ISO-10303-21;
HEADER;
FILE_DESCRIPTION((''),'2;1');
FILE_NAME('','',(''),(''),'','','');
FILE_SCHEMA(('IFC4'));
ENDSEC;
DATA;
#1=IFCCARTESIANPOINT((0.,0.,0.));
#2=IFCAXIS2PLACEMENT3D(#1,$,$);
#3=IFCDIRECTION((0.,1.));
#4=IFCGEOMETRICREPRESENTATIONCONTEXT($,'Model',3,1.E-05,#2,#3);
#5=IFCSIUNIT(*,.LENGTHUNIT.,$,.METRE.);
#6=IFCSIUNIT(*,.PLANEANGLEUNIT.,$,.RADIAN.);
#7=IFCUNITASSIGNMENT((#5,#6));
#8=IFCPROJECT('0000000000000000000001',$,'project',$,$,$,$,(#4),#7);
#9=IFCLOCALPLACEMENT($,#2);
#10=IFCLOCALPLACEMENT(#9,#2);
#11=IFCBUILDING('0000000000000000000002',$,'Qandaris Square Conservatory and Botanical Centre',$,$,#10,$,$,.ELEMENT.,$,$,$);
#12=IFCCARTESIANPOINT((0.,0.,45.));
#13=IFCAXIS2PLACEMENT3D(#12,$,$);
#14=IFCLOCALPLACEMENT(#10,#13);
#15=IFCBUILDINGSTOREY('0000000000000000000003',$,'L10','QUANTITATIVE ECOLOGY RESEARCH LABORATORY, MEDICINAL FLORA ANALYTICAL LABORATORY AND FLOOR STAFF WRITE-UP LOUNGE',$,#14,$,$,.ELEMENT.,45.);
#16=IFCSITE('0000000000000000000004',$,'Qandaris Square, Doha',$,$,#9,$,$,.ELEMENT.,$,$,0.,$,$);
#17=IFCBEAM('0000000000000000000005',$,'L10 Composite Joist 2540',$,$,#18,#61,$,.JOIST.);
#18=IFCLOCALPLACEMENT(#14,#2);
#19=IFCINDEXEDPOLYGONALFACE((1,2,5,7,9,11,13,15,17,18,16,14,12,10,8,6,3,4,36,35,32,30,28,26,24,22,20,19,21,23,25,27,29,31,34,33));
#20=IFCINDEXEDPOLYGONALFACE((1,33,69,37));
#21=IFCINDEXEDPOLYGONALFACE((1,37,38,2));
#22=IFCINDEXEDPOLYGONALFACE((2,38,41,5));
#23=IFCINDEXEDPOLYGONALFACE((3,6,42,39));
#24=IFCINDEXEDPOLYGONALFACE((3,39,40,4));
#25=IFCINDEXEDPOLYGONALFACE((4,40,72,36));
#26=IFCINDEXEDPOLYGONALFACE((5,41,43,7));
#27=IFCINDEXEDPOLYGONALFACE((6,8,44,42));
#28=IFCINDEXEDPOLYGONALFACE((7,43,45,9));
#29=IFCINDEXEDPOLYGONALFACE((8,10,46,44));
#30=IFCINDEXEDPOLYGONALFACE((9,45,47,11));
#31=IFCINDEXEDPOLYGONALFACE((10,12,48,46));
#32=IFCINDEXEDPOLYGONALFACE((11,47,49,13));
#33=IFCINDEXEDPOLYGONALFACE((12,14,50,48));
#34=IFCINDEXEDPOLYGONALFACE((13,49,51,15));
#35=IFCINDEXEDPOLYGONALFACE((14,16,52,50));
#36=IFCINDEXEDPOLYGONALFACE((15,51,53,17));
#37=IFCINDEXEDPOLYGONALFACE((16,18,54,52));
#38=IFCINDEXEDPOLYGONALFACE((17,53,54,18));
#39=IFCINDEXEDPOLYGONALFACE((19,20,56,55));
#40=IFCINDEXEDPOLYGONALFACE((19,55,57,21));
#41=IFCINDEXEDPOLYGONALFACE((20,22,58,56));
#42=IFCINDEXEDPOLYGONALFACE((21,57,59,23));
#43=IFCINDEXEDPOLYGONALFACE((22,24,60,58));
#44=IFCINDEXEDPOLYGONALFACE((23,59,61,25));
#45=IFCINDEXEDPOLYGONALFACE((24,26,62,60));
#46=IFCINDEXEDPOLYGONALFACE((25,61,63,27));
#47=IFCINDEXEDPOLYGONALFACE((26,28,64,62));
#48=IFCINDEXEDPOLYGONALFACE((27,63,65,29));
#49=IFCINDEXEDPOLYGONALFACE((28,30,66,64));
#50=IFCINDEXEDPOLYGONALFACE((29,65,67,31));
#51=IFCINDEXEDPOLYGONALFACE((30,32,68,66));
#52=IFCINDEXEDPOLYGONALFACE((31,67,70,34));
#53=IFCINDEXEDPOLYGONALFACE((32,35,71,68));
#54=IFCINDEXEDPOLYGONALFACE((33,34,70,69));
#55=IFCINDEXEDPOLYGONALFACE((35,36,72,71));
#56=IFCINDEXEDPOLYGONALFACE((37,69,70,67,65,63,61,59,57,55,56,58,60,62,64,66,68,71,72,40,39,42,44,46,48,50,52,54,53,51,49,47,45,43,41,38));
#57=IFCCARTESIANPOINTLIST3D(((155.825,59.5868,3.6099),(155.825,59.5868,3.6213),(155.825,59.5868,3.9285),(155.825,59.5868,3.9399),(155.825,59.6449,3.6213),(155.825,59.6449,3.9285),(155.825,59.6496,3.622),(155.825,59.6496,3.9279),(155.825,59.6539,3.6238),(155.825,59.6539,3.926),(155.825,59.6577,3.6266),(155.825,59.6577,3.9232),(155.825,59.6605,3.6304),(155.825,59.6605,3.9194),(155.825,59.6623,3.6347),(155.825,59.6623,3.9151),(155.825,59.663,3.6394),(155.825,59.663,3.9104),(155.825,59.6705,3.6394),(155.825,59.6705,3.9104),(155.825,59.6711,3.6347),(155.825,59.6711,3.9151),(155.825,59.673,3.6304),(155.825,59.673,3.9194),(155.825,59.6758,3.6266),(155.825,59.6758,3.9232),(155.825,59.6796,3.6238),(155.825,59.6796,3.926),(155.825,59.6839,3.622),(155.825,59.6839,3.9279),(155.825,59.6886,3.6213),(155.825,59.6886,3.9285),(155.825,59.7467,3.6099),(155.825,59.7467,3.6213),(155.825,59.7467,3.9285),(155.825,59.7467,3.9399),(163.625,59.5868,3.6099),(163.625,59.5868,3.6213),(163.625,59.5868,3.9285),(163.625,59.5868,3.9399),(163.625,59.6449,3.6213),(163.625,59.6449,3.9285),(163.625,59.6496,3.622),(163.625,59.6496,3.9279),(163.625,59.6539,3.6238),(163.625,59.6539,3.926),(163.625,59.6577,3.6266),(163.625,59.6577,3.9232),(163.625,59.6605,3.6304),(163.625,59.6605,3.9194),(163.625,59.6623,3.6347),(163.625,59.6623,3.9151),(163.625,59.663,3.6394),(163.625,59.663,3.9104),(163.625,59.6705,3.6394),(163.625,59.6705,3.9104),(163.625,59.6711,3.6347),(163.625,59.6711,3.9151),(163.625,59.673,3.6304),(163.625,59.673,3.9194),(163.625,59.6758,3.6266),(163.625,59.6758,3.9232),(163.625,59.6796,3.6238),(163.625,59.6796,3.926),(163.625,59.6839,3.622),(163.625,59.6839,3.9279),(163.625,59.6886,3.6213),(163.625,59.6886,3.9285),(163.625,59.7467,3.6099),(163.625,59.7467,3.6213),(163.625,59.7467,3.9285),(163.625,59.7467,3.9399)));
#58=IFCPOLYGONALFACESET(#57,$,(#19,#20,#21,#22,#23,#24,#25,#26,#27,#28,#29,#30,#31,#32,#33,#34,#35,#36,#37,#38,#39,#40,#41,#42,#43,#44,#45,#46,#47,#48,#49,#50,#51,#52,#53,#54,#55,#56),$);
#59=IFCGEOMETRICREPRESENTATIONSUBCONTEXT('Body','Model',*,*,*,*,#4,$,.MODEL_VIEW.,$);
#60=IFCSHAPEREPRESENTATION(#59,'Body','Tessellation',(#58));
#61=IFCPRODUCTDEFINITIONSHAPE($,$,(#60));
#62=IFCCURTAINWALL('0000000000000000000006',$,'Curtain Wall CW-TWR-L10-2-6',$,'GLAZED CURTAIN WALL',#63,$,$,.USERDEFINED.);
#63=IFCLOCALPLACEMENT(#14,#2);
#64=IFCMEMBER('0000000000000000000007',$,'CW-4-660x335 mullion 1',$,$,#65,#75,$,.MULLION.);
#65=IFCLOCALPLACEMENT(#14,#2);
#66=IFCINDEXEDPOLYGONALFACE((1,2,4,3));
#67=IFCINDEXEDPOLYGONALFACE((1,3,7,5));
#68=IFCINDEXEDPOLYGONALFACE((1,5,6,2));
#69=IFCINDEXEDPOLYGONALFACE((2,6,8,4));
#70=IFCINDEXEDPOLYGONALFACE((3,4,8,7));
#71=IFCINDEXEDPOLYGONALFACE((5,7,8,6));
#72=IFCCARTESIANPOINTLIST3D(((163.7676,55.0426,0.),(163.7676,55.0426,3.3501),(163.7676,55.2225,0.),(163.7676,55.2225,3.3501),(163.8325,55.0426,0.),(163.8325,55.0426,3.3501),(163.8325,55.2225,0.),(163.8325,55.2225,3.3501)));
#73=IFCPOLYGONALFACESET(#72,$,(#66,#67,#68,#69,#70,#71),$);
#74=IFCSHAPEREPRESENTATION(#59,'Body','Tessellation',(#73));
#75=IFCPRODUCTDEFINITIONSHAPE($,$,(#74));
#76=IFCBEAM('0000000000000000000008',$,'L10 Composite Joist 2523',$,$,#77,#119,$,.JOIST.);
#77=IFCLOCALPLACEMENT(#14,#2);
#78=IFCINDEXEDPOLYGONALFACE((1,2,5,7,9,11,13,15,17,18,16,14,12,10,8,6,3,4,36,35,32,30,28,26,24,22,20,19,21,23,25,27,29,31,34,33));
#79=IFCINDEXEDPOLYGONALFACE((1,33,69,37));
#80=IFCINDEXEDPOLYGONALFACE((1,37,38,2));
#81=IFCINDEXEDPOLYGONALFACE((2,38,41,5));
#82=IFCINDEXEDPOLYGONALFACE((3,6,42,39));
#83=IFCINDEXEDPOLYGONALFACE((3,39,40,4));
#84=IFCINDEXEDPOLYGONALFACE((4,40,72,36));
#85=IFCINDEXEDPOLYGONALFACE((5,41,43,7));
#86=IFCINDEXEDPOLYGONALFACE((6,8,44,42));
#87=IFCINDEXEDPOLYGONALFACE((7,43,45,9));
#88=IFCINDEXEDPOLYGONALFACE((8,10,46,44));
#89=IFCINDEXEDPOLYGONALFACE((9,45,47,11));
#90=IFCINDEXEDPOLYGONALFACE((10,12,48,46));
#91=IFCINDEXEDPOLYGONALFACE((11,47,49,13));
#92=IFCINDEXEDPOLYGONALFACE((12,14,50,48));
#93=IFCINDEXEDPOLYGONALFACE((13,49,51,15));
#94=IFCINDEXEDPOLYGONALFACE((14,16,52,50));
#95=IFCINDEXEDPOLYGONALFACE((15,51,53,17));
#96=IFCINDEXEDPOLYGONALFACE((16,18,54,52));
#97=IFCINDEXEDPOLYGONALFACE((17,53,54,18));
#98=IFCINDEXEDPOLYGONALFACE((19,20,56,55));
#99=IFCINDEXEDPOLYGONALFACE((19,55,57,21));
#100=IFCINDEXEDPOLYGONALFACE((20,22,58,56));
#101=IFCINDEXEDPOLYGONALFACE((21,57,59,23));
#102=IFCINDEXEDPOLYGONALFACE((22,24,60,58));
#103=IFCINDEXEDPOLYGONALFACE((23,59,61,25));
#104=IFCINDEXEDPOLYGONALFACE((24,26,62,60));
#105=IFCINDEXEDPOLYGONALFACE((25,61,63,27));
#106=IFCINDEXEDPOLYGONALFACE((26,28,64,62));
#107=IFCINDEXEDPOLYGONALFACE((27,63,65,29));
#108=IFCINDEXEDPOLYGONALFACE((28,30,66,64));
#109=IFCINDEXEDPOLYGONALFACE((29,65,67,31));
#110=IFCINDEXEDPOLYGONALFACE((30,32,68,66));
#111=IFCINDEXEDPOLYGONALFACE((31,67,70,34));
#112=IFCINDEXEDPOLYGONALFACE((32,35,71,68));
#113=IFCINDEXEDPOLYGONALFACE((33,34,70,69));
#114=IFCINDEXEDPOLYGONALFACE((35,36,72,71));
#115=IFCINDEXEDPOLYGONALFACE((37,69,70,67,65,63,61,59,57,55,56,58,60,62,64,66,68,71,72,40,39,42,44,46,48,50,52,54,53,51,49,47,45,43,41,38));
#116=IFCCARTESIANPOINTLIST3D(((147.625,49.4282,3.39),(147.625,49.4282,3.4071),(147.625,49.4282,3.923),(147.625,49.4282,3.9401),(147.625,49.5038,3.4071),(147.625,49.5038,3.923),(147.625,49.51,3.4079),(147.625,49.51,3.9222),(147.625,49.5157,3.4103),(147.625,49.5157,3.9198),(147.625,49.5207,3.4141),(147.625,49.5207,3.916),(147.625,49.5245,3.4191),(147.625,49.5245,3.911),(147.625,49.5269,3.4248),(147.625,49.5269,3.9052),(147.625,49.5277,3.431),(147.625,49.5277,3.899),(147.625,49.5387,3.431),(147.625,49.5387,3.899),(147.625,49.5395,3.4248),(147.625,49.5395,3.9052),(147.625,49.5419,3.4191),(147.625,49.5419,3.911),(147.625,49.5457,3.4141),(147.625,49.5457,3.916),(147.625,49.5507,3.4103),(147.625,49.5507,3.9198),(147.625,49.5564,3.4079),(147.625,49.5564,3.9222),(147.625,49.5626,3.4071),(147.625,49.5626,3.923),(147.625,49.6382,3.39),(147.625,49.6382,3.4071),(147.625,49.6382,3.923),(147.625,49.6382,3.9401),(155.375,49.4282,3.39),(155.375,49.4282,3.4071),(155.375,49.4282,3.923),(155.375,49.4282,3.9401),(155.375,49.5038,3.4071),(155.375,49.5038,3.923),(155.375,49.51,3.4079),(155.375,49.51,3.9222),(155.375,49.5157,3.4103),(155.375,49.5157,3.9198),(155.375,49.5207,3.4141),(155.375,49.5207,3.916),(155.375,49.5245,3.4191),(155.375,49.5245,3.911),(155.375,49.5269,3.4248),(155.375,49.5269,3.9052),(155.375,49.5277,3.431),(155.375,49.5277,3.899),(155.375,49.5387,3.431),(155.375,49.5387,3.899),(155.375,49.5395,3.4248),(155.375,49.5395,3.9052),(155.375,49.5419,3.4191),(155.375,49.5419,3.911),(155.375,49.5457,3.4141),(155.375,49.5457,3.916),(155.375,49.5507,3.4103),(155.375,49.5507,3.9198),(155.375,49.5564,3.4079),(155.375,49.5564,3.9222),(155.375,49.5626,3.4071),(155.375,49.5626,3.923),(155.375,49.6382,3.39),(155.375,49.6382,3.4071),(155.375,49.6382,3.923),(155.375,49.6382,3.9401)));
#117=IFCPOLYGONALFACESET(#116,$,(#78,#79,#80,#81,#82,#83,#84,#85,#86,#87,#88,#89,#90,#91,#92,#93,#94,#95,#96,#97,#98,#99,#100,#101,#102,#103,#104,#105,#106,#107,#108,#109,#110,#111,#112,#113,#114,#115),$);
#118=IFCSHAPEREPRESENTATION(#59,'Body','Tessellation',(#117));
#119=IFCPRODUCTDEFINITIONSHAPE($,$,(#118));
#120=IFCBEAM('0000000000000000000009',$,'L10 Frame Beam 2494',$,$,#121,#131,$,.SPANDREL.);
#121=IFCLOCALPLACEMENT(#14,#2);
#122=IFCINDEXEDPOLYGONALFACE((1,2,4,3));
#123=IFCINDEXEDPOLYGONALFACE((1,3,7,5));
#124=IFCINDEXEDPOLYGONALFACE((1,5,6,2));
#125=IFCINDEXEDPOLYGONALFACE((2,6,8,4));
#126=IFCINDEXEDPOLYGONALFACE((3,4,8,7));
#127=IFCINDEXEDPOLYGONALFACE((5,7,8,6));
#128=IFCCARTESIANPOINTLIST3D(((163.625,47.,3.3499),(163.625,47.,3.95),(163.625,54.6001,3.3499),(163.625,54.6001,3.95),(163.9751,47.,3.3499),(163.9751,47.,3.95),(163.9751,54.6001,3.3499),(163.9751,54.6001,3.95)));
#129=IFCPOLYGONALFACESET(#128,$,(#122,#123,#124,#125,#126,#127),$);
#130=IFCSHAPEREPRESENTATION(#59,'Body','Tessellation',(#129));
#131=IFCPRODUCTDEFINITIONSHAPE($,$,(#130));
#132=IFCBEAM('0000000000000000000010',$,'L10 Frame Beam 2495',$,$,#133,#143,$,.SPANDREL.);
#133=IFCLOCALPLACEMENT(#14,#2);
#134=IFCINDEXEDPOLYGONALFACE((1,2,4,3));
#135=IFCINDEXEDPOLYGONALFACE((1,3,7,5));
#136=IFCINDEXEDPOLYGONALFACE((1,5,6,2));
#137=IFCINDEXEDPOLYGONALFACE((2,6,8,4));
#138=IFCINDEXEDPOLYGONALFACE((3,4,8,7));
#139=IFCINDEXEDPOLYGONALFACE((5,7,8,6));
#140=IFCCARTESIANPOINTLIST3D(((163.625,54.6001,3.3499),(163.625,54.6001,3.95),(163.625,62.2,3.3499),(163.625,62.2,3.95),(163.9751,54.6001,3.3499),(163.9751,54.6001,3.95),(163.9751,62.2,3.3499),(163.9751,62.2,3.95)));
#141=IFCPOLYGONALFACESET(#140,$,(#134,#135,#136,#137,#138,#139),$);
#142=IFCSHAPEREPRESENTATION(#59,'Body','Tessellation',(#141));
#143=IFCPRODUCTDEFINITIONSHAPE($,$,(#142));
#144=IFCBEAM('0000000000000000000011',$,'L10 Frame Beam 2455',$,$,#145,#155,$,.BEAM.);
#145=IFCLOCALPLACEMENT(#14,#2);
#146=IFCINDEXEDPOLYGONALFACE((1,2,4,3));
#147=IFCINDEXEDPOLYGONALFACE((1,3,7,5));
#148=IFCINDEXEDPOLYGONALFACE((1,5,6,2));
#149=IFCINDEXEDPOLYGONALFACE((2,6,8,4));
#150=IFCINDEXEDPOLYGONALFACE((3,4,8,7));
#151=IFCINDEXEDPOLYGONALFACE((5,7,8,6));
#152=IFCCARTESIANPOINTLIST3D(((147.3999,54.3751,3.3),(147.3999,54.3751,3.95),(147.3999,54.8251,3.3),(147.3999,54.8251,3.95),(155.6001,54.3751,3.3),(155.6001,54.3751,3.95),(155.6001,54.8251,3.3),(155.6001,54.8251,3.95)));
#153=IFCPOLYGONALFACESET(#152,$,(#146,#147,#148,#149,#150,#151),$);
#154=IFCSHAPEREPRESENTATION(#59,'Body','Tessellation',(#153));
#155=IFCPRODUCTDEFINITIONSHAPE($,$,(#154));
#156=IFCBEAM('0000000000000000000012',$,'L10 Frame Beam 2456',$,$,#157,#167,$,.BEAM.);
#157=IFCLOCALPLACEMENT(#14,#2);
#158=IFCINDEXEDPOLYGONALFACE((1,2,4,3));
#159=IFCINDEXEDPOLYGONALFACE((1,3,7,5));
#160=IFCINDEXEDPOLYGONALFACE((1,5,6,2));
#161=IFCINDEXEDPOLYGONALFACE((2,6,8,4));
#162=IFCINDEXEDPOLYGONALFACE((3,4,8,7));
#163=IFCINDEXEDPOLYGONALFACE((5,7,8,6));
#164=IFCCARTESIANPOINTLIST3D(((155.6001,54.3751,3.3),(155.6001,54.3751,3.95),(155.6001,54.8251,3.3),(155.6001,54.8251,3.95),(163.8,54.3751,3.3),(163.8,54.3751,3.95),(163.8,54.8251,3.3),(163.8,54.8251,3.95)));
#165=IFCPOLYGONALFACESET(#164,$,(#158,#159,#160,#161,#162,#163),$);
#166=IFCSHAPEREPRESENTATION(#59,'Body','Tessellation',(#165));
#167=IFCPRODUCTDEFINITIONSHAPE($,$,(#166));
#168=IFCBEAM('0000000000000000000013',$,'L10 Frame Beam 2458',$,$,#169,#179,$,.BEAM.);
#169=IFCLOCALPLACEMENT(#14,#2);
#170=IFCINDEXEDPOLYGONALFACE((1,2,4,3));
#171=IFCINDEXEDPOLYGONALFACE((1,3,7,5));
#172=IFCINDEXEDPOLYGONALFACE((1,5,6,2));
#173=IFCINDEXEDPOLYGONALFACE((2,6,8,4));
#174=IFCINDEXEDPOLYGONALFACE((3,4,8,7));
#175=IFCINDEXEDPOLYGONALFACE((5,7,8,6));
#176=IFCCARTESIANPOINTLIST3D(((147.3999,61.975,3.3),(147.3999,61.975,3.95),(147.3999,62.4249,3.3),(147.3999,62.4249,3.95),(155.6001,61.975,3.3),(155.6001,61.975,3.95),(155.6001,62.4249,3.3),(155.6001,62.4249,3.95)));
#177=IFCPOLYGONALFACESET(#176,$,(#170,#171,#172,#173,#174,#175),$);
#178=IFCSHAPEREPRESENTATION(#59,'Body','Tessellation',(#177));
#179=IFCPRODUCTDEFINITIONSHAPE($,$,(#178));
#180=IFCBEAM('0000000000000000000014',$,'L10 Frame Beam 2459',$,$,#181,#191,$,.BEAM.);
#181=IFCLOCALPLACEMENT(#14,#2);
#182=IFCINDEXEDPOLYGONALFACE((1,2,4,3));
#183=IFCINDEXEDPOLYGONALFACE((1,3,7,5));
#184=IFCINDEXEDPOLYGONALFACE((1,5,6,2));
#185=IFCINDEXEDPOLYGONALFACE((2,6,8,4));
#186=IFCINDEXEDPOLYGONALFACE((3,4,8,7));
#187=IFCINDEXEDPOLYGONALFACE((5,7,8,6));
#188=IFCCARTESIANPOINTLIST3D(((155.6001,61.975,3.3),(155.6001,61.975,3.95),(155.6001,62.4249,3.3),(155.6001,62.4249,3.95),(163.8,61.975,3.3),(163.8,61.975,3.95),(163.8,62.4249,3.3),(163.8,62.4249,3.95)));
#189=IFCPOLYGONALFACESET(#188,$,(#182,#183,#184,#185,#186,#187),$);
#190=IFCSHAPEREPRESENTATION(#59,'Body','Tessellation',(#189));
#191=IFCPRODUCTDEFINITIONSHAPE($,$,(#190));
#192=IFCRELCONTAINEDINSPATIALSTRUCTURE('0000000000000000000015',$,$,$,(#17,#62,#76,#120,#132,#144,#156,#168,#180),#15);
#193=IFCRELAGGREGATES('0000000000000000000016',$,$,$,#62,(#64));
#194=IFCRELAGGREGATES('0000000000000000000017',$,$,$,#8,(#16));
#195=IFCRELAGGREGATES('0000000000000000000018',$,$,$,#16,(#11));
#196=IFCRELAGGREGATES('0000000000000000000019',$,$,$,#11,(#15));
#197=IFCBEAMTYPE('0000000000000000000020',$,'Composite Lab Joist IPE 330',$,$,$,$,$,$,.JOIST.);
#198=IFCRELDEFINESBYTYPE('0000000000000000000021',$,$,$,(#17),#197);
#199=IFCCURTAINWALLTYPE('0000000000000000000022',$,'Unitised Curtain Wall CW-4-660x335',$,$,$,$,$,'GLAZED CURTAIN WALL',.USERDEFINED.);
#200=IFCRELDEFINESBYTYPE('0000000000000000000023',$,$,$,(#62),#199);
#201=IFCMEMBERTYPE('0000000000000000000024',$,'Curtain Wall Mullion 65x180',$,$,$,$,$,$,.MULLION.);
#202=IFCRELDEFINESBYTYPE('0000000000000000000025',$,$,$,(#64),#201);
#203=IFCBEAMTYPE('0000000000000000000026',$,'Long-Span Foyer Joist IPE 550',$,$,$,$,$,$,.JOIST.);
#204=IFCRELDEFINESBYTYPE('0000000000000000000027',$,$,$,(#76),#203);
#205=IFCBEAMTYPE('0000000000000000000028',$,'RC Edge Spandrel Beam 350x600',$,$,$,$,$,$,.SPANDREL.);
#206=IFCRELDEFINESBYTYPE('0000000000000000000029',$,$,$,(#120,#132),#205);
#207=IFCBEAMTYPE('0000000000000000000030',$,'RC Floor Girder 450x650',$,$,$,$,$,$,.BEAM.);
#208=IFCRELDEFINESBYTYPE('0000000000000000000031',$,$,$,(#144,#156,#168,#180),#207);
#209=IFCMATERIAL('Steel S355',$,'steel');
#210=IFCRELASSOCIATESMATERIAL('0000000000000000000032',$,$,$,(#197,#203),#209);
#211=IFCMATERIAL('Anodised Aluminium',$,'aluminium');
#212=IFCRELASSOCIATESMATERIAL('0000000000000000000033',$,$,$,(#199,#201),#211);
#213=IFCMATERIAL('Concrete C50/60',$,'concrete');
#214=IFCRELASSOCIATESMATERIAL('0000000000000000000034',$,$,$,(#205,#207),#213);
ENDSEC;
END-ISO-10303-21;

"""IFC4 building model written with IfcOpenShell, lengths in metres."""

from ifc_helpers import new_model, si_unit, direction, frame, origin, origin_2d, place, context, subcontext, project, spatial, rectangle, i_section, extrude, material, material_profile, profile_set, type_object, element, aggregate, save


model = new_model("IFC4")

# Units and contexts
model_context = context("Model", 3, precision=1e-05, world=origin(), true_north=direction((0.0, 1.0)))
body_context = subcontext(model_context, "Body", "Model", "MODEL_VIEW")
ifc_project = project(units=[si_unit("LENGTHUNIT", "METRE"), si_unit("PLANEANGLEUNIT", "RADIAN")], contexts=[model_context])

# Site, building, storey
site_placement = place(None, origin())
site = spatial("IfcSite", under=ifc_project, at=site_placement, Name="Qandaris Square, Doha", CompositionType="ELEMENT", RefElevation=0.0)
building_placement = place(site_placement, origin())
building = spatial("IfcBuilding", under=site, at=building_placement, Name="Qandaris Square Conservatory and Botanical Centre", CompositionType="ELEMENT")
storey_placement = place(building_placement, frame((0.0, 0.0, 45.0)))
storey = spatial("IfcBuildingStorey", under=building, at=storey_placement, Name="L10", Description="QUANTITATIVE ECOLOGY RESEARCH LABORATORY, MEDICINAL FLORA ANALYTICAL LABORATORY AND FLOOR STAFF WRITE-UP LOUNGE", CompositionType="ELEMENT", Elevation=45.0)

# Shared definitions
ifc_material_1 = material(Name="Concrete C50/60", Category="concrete")

# Beam
ifc_material_2 = material(Name="Steel S355", Category="steel")
ifc_material_profile_1 = material_profile(ifc_material_2, i_section(OverallWidth=0.1599, OverallDepth=0.3301, WebThickness=0.0076, FlangeThickness=0.0115, FilletRadius=0.0181, at=origin_2d()), Name="IPE 330")
ifc_profile_set_1 = profile_set([ifc_material_profile_1], Name="Steel S355")
beam_type_1 = type_object("IfcBeamType", Name="Composite Lab Joist IPE 330", PredefinedType="JOIST", material=ifc_profile_set_1)
beam_1_placement = place(storey_placement, frame((155.825, 59.6667, 3.7749), z_axis=(1.0, 0.0, 0.0), x_axis=(0.0, 1.0, 0.0)))
element("IfcBeam", 1, at=beam_1_placement, inside=storey, type_object=beam_type_1, Name="L10 Composite Joist 2540", PredefinedType="JOIST", context=body_context, shape_type="SweptSolid", body=[
    extrude(i_section(OverallWidth=0.1599, OverallDepth=0.3301, WebThickness=0.0076, FlangeThickness=0.0115, FilletRadius=0.0181, at=origin_2d()), origin(), (0.0, 0.0, 1.0), 7.8),
])

# Curtain wall, member
ifc_material_3 = material(Name="Anodised Aluminium", Category="aluminium")
curtain_wall_type = type_object("IfcCurtainWallType", Name="Unitised Curtain Wall CW-4-660x335", ElementType="GLAZED CURTAIN WALL", PredefinedType="USERDEFINED", material=ifc_material_3)
curtain_wall_placement = place(storey_placement, origin())
curtain_wall = element("IfcCurtainWall", 2, at=curtain_wall_placement, inside=storey, type_object=curtain_wall_type, Name="Curtain Wall CW-TWR-L10-2-6", ObjectType="GLAZED CURTAIN WALL", PredefinedType="USERDEFINED")
ifc_material_profile_2 = material_profile(ifc_material_3, rectangle(XDim=0.0649, YDim=0.1799, at=origin_2d()), Name="ALU-MUL 65x180")
ifc_profile_set_2 = profile_set([ifc_material_profile_2], Name="Anodised Aluminium")
member_type = type_object("IfcMemberType", Name="Curtain Wall Mullion 65x180", PredefinedType="MULLION", material=ifc_profile_set_2)
member_placement = place(storey_placement, frame((163.8, 55.1326, 0.0), z_axis=(0.0, 0.0, 1.0), x_axis=(-1.0, 0.0, 0.0)))
member = element("IfcMember", 3, at=member_placement, type_object=member_type, Name="CW-4-660x335 mullion 1", PredefinedType="MULLION", context=body_context, shape_type="SweptSolid", body=[
    extrude(rectangle(XDim=0.0649, YDim=0.1799, at=origin_2d()), origin(), (0.0, 0.0, 1.0), 3.3501),
])
aggregate(curtain_wall, [member])

# Beams
ifc_material_profile_3 = material_profile(ifc_material_2, i_section(OverallWidth=0.21, OverallDepth=0.55, WebThickness=0.011, FlangeThickness=0.0171, FilletRadius=0.0239, at=origin_2d()), Name="IPE 550")
ifc_profile_set_3 = profile_set([ifc_material_profile_3], Name="Steel S355")
beam_type_2 = type_object("IfcBeamType", Name="Long-Span Foyer Joist IPE 550", PredefinedType="JOIST", material=ifc_profile_set_3)
beam_2_placement = place(storey_placement, frame((147.625, 49.5332, 3.665), z_axis=(1.0, 0.0, 0.0), x_axis=(0.0, 1.0, 0.0)))
element("IfcBeam", 4, at=beam_2_placement, inside=storey, type_object=beam_type_2, Name="L10 Composite Joist 2523", PredefinedType="JOIST", context=body_context, shape_type="SweptSolid", body=[
    extrude(i_section(OverallWidth=0.21, OverallDepth=0.55, WebThickness=0.011, FlangeThickness=0.0171, FilletRadius=0.0239, at=origin_2d()), origin(), (0.0, 0.0, 1.0), 7.75),
])
ifc_material_profile_4 = material_profile(ifc_material_1, rectangle(XDim=0.3501, YDim=0.6001, at=origin_2d()), Name="RC-SP 350x600")
ifc_profile_set_4 = profile_set([ifc_material_profile_4], Name="Concrete C50/60")
beam_type_3 = type_object("IfcBeamType", Name="RC Edge Spandrel Beam 350x600", PredefinedType="SPANDREL", material=ifc_profile_set_4)
beam_3_placement = place(storey_placement, frame((163.8, 47.0, 3.6499), z_axis=(0.0, 1.0, 0.0), x_axis=(-1.0, 0.0, 0.0)))
element("IfcBeam", 5, at=beam_3_placement, inside=storey, type_object=beam_type_3, Name="L10 Frame Beam 2494", PredefinedType="SPANDREL", context=body_context, shape_type="SweptSolid", body=[
    extrude(rectangle(XDim=0.3501, YDim=0.6001, at=origin_2d()), origin(), (0.0, 0.0, 1.0), 7.6001),
])
beam_4_placement = place(storey_placement, frame((163.8, 54.6001, 3.6499), z_axis=(0.0, 1.0, 0.0), x_axis=(-1.0, 0.0, 0.0)))
element("IfcBeam", 6, at=beam_4_placement, inside=storey, type_object=beam_type_3, Name="L10 Frame Beam 2495", PredefinedType="SPANDREL", context=body_context, shape_type="SweptSolid", body=[
    extrude(rectangle(XDim=0.3501, YDim=0.6001, at=origin_2d()), origin(), (0.0, 0.0, 1.0), 7.5999),
])
ifc_material_profile_5 = material_profile(ifc_material_1, rectangle(XDim=0.45, YDim=0.6499, at=origin_2d()), Name="RC-BM 450x650")
ifc_profile_set_5 = profile_set([ifc_material_profile_5], Name="Concrete C50/60")
beam_type_4 = type_object("IfcBeamType", Name="RC Floor Girder 450x650", PredefinedType="BEAM", material=ifc_profile_set_5)
beam_5_placement = place(storey_placement, frame((147.3999, 54.6001, 3.625), z_axis=(1.0, 0.0, 0.0), x_axis=(0.0, 1.0, 0.0)))
element("IfcBeam", 7, at=beam_5_placement, inside=storey, type_object=beam_type_4, Name="L10 Frame Beam 2455", PredefinedType="BEAM", context=body_context, shape_type="SweptSolid", body=[
    extrude(rectangle(XDim=0.45, YDim=0.6499, at=origin_2d()), origin(), (0.0, 0.0, 1.0), 8.2002),
])
beam_6_placement = place(storey_placement, frame((155.6001, 54.6001, 3.625), z_axis=(1.0, 0.0, 0.0), x_axis=(0.0, 1.0, 0.0)))
element("IfcBeam", 8, at=beam_6_placement, inside=storey, type_object=beam_type_4, Name="L10 Frame Beam 2456", PredefinedType="BEAM", context=body_context, shape_type="SweptSolid", body=[
    extrude(rectangle(XDim=0.45, YDim=0.6499, at=origin_2d()), origin(), (0.0, 0.0, 1.0), 8.2),
])
beam_7_placement = place(storey_placement, frame((147.3999, 62.2, 3.625), z_axis=(1.0, 0.0, 0.0), x_axis=(0.0, 1.0, 0.0)))
element("IfcBeam", 9, at=beam_7_placement, inside=storey, type_object=beam_type_4, Name="L10 Frame Beam 2458", PredefinedType="BEAM", context=body_context, shape_type="SweptSolid", body=[
    extrude(rectangle(XDim=0.45, YDim=0.6499, at=origin_2d()), origin(), (0.0, 0.0, 1.0), 8.2002),
])
beam_8_placement = place(storey_placement, frame((155.6001, 62.2, 3.625), z_axis=(1.0, 0.0, 0.0), x_axis=(0.0, 1.0, 0.0)))
element("IfcBeam", 10, at=beam_8_placement, inside=storey, type_object=beam_type_4, Name="L10 Frame Beam 2459", PredefinedType="BEAM", context=body_context, shape_type="SweptSolid", body=[
    extrude(rectangle(XDim=0.45, YDim=0.6499, at=origin_2d()), origin(), (0.0, 0.0, 1.0), 8.2),
])

save(model, "model.ifc")
